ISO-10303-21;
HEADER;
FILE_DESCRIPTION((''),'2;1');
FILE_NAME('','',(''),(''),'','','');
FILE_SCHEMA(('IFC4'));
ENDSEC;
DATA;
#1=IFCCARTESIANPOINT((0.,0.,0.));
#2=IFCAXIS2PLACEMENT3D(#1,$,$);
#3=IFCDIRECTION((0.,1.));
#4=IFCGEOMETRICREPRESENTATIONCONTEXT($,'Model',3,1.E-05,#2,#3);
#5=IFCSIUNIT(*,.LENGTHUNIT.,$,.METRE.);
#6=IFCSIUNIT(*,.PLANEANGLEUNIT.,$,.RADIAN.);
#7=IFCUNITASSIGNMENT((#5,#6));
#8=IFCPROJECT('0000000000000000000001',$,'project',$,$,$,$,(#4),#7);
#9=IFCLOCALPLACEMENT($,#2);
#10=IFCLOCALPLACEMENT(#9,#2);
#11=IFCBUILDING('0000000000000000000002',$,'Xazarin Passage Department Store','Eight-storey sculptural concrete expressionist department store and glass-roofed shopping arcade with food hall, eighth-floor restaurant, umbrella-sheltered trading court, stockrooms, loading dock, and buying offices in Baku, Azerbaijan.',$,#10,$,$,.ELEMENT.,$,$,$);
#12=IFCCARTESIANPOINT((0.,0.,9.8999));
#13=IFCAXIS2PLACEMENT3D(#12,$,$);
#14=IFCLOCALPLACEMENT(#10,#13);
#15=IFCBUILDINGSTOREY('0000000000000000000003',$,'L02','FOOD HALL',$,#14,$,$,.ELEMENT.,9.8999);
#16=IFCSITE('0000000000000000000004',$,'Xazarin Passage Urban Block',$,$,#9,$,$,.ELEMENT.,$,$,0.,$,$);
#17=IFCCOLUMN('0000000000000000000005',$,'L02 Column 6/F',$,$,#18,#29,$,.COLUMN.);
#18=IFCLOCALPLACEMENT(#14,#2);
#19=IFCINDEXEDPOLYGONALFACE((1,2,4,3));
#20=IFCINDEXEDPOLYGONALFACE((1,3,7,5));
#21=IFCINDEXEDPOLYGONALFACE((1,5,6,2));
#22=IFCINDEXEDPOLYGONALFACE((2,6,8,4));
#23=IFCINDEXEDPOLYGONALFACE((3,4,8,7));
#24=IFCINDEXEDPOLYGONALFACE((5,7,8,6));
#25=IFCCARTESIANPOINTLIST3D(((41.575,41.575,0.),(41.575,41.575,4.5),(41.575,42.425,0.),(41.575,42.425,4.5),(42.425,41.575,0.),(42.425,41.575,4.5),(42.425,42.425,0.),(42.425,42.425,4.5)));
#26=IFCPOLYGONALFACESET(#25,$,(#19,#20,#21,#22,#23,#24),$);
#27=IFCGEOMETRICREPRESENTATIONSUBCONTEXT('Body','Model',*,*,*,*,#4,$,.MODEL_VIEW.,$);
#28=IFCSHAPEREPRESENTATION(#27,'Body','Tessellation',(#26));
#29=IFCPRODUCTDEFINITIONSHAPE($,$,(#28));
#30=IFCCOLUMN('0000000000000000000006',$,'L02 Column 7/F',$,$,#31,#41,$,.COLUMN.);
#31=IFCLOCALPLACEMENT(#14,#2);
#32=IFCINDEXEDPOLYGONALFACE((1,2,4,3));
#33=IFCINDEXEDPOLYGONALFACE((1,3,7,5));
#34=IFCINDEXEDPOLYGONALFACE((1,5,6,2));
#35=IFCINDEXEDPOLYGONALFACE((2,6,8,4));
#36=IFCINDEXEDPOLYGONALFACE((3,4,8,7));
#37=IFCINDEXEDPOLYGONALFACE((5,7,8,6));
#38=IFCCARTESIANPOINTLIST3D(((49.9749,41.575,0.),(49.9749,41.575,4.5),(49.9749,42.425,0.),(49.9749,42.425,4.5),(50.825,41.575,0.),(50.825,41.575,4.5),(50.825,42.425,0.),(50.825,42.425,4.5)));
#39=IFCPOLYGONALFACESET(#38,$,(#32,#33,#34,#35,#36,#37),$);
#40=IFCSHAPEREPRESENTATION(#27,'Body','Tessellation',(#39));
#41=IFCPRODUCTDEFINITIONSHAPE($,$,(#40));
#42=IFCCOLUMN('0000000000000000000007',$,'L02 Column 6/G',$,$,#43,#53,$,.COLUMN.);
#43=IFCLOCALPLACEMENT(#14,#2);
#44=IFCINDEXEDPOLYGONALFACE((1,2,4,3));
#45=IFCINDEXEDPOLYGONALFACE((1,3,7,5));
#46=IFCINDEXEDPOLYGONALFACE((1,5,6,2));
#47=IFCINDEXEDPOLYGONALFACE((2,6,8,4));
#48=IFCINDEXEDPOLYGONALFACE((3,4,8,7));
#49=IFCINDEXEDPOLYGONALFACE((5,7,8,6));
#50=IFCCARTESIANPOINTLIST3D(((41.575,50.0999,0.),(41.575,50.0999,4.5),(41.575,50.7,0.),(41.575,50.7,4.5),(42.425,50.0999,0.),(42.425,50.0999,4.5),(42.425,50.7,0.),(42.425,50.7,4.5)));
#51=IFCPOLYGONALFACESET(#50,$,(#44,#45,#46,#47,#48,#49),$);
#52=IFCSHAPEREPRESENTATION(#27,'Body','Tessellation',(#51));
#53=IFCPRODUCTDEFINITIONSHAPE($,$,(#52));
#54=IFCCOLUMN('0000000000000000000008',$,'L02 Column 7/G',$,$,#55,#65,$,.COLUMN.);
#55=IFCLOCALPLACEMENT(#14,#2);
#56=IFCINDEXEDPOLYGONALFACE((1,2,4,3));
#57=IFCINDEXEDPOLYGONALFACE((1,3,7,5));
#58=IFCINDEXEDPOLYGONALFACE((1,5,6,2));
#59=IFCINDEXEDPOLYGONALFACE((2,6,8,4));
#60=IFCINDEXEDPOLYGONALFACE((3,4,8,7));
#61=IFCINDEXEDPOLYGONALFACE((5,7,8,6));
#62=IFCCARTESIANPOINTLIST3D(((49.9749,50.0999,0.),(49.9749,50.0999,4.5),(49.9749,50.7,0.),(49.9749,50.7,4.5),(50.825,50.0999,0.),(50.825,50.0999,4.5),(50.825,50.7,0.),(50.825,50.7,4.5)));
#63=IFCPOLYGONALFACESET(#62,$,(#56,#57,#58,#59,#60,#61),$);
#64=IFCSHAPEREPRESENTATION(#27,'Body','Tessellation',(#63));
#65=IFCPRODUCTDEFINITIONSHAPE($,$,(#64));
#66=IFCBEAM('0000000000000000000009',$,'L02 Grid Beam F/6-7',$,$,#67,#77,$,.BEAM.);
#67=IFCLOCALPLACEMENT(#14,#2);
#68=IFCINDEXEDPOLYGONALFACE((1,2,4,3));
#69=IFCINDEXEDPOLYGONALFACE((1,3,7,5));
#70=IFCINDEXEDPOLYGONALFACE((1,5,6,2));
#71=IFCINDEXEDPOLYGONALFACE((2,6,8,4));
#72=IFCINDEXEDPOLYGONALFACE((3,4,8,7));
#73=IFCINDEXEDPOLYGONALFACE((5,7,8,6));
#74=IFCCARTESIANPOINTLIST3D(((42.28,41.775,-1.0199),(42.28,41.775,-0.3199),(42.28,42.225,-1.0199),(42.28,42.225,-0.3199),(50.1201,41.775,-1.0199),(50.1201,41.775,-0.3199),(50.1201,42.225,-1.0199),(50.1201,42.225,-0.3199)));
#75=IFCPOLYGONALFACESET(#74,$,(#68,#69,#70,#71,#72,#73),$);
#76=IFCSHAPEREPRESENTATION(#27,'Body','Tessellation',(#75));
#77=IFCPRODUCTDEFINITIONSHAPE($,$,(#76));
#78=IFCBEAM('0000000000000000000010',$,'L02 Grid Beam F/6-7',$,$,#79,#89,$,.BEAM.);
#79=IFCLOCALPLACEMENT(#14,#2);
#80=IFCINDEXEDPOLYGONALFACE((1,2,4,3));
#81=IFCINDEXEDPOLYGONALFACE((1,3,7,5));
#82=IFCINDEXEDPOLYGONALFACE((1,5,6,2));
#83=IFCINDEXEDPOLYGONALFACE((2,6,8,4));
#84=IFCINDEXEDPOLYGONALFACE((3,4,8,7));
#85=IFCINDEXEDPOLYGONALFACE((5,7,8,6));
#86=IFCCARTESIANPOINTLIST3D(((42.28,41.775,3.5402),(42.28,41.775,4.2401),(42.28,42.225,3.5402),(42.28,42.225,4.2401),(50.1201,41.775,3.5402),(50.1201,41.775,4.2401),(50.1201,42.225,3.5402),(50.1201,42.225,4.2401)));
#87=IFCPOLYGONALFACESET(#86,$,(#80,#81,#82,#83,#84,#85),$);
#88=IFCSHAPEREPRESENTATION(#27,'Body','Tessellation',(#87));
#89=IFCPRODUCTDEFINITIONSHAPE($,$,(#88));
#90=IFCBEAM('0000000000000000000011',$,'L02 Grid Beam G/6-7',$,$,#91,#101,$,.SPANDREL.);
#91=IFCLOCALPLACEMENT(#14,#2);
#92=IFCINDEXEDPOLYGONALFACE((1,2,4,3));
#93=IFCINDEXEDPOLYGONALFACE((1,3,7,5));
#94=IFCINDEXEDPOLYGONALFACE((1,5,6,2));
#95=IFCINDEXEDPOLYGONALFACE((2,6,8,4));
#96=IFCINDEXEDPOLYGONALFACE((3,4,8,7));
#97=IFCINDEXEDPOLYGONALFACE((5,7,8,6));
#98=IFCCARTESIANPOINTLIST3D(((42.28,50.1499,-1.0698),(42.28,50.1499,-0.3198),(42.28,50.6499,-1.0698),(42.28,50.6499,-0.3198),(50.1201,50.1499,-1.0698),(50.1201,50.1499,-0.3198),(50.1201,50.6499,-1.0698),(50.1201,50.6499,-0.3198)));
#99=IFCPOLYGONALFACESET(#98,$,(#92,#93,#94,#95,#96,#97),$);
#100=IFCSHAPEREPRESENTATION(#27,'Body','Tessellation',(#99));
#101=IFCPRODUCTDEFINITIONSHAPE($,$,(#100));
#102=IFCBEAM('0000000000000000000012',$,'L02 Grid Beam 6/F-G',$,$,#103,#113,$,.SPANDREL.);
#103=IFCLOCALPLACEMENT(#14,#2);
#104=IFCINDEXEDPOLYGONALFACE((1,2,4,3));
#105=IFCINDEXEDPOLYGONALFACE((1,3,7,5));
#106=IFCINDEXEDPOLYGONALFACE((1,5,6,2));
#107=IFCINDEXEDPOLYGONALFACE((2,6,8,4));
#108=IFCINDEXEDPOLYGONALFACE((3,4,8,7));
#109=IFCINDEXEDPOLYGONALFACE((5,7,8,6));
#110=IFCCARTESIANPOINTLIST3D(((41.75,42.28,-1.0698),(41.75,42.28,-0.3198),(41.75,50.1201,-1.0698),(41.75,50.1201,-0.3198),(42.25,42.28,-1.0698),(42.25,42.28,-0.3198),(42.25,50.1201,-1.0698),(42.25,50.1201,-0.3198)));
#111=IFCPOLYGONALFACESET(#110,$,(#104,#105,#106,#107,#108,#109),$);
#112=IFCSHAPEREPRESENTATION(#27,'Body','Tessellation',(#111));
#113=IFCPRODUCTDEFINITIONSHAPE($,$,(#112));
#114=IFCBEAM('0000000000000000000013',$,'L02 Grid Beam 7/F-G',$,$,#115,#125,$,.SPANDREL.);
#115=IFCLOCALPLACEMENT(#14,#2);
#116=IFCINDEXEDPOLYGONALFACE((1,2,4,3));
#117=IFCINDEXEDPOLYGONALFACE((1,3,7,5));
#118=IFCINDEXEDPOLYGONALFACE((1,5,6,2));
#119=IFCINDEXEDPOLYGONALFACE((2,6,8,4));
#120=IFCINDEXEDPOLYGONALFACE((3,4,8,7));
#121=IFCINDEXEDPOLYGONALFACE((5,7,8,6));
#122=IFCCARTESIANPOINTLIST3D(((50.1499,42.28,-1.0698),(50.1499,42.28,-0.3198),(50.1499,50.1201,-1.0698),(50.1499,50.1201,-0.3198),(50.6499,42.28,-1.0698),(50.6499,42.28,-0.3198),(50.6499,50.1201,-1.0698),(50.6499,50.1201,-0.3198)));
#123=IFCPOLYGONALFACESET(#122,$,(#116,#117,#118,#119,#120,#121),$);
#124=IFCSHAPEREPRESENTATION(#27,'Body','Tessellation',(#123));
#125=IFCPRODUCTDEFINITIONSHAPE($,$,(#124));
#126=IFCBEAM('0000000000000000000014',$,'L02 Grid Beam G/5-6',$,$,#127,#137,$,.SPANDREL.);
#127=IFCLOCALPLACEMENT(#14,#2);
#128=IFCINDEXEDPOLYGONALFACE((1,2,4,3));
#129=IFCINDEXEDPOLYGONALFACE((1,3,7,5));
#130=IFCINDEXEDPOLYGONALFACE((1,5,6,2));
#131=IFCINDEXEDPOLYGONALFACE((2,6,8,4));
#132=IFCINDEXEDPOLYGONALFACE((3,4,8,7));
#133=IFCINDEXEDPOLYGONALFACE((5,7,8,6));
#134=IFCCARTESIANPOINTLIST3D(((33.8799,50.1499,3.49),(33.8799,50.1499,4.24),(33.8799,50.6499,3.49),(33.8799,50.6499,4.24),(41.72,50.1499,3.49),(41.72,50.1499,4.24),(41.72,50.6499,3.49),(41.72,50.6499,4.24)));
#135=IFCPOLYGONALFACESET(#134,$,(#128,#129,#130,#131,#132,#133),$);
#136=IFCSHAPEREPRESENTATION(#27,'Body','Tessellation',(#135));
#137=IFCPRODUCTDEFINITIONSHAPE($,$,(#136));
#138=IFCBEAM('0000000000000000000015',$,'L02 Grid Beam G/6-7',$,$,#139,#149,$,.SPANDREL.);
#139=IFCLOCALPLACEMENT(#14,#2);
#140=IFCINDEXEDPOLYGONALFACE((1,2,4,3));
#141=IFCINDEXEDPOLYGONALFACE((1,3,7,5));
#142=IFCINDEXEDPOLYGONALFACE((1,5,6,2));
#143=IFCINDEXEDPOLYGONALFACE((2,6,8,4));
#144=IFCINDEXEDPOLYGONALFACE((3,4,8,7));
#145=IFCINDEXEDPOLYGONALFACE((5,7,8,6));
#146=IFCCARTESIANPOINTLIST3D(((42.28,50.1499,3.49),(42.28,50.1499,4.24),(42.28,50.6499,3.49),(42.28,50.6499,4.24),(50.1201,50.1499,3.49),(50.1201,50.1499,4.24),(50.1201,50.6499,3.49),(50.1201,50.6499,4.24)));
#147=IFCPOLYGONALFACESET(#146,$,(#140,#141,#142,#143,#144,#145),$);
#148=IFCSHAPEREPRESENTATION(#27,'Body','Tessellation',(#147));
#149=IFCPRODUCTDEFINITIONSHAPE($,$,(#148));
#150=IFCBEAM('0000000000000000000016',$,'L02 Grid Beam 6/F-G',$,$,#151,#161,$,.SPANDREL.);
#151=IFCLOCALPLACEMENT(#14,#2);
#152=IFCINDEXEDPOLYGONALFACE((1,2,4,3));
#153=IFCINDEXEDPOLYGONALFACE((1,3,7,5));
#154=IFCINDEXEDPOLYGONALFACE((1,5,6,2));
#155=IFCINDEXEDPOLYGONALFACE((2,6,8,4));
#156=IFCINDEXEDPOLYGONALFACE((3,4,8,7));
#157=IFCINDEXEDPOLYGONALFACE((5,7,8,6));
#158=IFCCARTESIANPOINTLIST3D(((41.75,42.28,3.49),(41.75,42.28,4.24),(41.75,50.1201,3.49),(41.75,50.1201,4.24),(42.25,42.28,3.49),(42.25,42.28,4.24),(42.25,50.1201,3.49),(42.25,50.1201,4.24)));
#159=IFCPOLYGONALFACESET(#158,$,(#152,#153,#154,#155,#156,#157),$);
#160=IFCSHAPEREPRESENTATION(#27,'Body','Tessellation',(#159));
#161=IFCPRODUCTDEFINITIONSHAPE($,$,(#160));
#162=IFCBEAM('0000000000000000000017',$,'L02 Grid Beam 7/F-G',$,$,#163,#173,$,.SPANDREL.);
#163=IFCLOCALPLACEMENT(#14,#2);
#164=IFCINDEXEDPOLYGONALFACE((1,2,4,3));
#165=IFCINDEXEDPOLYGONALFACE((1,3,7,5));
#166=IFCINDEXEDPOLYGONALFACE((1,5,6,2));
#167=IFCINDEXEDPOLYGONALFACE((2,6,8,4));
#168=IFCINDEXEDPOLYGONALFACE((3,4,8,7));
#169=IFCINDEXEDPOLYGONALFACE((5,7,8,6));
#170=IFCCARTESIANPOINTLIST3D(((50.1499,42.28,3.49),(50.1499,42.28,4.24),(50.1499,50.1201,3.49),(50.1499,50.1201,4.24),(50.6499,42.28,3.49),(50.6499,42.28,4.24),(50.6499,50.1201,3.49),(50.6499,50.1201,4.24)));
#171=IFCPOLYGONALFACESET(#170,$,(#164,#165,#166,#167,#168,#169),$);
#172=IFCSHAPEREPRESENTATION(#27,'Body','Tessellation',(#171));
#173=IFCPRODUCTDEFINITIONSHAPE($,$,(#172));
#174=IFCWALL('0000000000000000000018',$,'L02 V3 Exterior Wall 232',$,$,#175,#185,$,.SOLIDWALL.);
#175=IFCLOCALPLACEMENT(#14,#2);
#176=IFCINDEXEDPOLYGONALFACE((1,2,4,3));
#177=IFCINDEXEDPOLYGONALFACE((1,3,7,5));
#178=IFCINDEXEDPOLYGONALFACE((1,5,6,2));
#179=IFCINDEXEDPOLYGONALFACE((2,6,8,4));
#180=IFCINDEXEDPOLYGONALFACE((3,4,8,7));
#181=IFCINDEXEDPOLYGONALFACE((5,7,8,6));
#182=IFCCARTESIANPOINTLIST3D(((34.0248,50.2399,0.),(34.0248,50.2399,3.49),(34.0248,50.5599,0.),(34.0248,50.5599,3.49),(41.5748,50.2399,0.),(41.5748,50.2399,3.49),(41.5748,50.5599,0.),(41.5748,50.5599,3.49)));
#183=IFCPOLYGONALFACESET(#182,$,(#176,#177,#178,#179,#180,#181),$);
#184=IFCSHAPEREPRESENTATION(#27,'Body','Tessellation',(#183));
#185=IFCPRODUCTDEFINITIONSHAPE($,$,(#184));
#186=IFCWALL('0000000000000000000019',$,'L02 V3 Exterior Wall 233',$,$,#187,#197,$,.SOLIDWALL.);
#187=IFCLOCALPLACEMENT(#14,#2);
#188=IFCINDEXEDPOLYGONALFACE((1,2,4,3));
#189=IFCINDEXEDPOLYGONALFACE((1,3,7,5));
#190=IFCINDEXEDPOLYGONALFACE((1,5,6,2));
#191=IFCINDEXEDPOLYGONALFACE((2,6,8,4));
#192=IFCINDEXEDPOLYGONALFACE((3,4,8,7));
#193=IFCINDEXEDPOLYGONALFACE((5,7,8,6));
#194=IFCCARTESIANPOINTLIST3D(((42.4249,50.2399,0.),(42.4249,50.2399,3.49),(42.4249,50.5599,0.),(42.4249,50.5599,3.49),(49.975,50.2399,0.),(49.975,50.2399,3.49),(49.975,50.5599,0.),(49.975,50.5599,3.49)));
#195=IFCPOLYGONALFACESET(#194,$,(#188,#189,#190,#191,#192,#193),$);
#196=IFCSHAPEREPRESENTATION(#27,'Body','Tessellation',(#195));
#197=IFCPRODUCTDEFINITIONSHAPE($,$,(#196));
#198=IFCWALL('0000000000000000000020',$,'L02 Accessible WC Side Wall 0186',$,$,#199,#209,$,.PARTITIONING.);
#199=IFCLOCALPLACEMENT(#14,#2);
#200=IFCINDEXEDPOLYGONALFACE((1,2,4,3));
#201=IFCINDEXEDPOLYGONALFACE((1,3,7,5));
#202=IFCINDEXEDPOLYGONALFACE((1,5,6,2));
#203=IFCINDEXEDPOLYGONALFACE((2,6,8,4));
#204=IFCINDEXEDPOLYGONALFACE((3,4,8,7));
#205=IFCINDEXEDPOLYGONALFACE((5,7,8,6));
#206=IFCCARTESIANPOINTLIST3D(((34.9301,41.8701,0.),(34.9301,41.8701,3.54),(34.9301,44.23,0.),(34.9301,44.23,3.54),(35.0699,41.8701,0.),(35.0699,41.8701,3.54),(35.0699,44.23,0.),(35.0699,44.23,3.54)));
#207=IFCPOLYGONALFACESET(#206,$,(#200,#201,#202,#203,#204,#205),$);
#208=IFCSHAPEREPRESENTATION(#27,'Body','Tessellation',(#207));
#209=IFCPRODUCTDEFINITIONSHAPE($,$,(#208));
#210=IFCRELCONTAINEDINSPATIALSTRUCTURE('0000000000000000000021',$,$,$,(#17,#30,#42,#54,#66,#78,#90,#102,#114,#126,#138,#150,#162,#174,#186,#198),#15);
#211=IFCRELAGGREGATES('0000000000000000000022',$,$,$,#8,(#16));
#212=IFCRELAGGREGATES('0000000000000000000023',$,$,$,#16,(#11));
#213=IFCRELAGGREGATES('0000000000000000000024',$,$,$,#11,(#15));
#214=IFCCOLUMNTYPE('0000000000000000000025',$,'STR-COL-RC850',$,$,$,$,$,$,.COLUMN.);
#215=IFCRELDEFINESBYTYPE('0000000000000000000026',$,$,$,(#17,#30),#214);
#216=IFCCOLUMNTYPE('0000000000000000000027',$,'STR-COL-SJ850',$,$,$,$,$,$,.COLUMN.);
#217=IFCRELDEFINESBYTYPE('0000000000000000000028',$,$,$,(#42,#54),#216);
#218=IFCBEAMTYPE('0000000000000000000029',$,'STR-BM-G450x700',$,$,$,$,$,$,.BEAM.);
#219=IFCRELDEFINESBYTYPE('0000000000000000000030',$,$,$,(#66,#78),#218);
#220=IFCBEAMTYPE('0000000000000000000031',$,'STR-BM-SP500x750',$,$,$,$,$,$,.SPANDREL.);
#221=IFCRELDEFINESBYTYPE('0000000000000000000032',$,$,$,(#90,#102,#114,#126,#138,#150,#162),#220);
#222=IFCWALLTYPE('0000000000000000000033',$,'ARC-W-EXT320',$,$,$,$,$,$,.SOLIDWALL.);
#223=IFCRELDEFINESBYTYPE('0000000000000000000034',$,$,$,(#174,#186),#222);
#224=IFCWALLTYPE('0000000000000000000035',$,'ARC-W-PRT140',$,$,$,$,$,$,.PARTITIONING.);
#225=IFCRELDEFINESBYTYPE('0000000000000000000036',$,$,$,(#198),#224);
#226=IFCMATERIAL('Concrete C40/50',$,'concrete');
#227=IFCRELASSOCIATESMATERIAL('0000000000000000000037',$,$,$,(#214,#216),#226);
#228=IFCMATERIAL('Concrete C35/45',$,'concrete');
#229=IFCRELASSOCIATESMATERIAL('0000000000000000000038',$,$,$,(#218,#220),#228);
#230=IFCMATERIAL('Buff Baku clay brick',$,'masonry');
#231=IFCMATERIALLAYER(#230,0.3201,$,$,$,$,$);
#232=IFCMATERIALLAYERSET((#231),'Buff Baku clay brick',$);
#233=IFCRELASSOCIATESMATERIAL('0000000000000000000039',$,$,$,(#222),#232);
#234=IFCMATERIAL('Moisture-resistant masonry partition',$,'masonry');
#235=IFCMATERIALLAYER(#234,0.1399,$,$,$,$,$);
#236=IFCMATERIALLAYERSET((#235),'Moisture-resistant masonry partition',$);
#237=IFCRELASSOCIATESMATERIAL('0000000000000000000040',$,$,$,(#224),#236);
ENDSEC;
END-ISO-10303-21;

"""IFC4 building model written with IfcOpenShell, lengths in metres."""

from ifc_helpers import new_model, si_unit, direction, frame, frame_2d, origin, origin_2d, place, context, subcontext, project, spatial, rectangle, extrude, material, layer, layer_set, material_profile, profile_set, type_object, element, save


model = new_model("IFC4")

# Units and contexts
model_context = context("Model", 3, precision=1e-05, world=origin(), true_north=direction((0.0, 1.0)))
body_context = subcontext(model_context, "Body", "Model", "MODEL_VIEW")
ifc_project = project(units=[si_unit("LENGTHUNIT", "METRE"), si_unit("PLANEANGLEUNIT", "RADIAN")], contexts=[model_context])

# Site, building, storey
site_placement = place(None, origin())
site = spatial("IfcSite", under=ifc_project, at=site_placement, Name="Xazarin Passage Urban Block", CompositionType="ELEMENT", RefElevation=0.0)
building_placement = place(site_placement, origin())
building = spatial("IfcBuilding", under=site, at=building_placement, Name="Xazarin Passage Department Store", Description="Eight-storey sculptural concrete expressionist department store and glass-roofed shopping arcade with food hall, eighth-floor restaurant, umbrella-sheltered trading court, stockrooms, loading dock, and buying offices in Baku, Azerbaijan.", CompositionType="ELEMENT")
storey_placement = place(building_placement, frame((0.0, 0.0, 9.8999)))
storey = spatial("IfcBuildingStorey", under=building, at=storey_placement, Name="L02", Description="FOOD HALL", CompositionType="ELEMENT", Elevation=9.8999)

# Columns
ifc_material_1 = material(Name="Concrete C40/50", Category="concrete")
ifc_material_profile_1 = material_profile(ifc_material_1, rectangle(XDim=0.8501, YDim=0.8501, at=origin_2d()), Name="RC 850x850")
ifc_profile_set_1 = profile_set([ifc_material_profile_1], Name="Concrete C40/50")
column_type_1 = type_object("IfcColumnType", Name="STR-COL-RC850", PredefinedType="COLUMN", material=ifc_profile_set_1)
for number, where, z_axis, x_axis, name in (
    (1, (42.0, 42.0, 0.0), (0.0, 0.0, 1.0), (1.0, 0.0, 0.0), "L02 Column 6/F"),
    (2, (50.3999, 42.0, 0.0), (0.0, 0.0, 1.0), (1.0, 0.0, 0.0), "L02 Column 7/F"),
):
    element("IfcColumn", number, at=place(storey_placement, frame(where, z_axis=z_axis, x_axis=x_axis)), inside=storey, type_object=column_type_1, Name=name, PredefinedType="COLUMN", context=body_context, shape_type="SweptSolid", body=[
        extrude(rectangle(XDim=0.8501, YDim=0.8501, at=origin_2d()), origin(), (0.0, 0.0, 1.0), 4.5),
    ])
ifc_material_profile_2 = material_profile(ifc_material_1, rectangle(XDim=0.6001, YDim=0.8501, at=origin_2d()), Name="RC 600x850")
ifc_profile_set_2 = profile_set([ifc_material_profile_2], Name="Concrete C40/50")
column_type_2 = type_object("IfcColumnType", Name="STR-COL-SJ850", PredefinedType="COLUMN", material=ifc_profile_set_2)
for number, where, z_axis, x_axis, name in (
    (3, (42.0, 50.3999, 0.0), (0.0, 0.0, 1.0), (0.0, 1.0, 0.0), "L02 Column 6/G"),
    (4, (50.3999, 50.3999, 0.0), (0.0, 0.0, 1.0), (0.0, 1.0, 0.0), "L02 Column 7/G"),
):
    element("IfcColumn", number, at=place(storey_placement, frame(where, z_axis=z_axis, x_axis=x_axis)), inside=storey, type_object=column_type_2, Name=name, PredefinedType="COLUMN", context=body_context, shape_type="SweptSolid", body=[
        extrude(rectangle(XDim=0.6001, YDim=0.8501, at=origin_2d()), origin(), (0.0, 0.0, 1.0), 4.5),
    ])

# Beams
ifc_material_2 = material(Name="Concrete C35/45", Category="concrete")
ifc_material_profile_3 = material_profile(ifc_material_2, rectangle(XDim=0.45, YDim=0.7, at=origin_2d()), Name="RC 450x700")
ifc_profile_set_3 = profile_set([ifc_material_profile_3], Name="Concrete C35/45")
beam_type_1 = type_object("IfcBeamType", Name="STR-BM-G450x700", PredefinedType="BEAM", material=ifc_profile_set_3)
for number, where, z_axis, x_axis, name in (
    (5, (42.28, 42.0, -0.6699), (1.0, 0.0, 0.0), (0.0, 1.0, 0.0), "L02 Grid Beam F/6-7"),
    (6, (42.28, 42.0, 3.8901), (1.0, 0.0, 0.0), (0.0, 1.0, 0.0), "L02 Grid Beam F/6-7"),
):
    element("IfcBeam", number, at=place(storey_placement, frame(where, z_axis=z_axis, x_axis=x_axis)), inside=storey, type_object=beam_type_1, Name=name, PredefinedType="BEAM", context=body_context, shape_type="SweptSolid", body=[
        extrude(rectangle(XDim=0.45, YDim=0.7, at=origin_2d()), origin(), (0.0, 0.0, 1.0), 7.8401),
    ])
ifc_material_profile_4 = material_profile(ifc_material_2, rectangle(XDim=0.5, YDim=0.75, at=origin_2d()), Name="RC 500x750")
ifc_profile_set_4 = profile_set([ifc_material_profile_4], Name="Concrete C35/45")
beam_type_2 = type_object("IfcBeamType", Name="STR-BM-SP500x750", PredefinedType="SPANDREL", material=ifc_profile_set_4)
for number, where, z_axis, x_axis, name in (
    (7, (42.28, 50.3999, -0.6948), (1.0, 0.0, 0.0), (0.0, 1.0, 0.0), "L02 Grid Beam G/6-7"),
    (8, (42.0, 42.28, -0.6948), (0.0, 1.0, 0.0), (-1.0, 0.0, 0.0), "L02 Grid Beam 6/F-G"),
    (9, (50.3999, 42.28, -0.6948), (0.0, 1.0, 0.0), (-1.0, 0.0, 0.0), "L02 Grid Beam 7/F-G"),
    (10, (33.8799, 50.3999, 3.865), (1.0, 0.0, 0.0), (0.0, 1.0, 0.0), "L02 Grid Beam G/5-6"),
    (11, (42.28, 50.3999, 3.865), (1.0, 0.0, 0.0), (0.0, 1.0, 0.0), "L02 Grid Beam G/6-7"),
    (12, (42.0, 42.28, 3.865), (0.0, 1.0, 0.0), (-1.0, 0.0, 0.0), "L02 Grid Beam 6/F-G"),
    (13, (50.3999, 42.28, 3.865), (0.0, 1.0, 0.0), (-1.0, 0.0, 0.0), "L02 Grid Beam 7/F-G"),
):
    element("IfcBeam", number, at=place(storey_placement, frame(where, z_axis=z_axis, x_axis=x_axis)), inside=storey, type_object=beam_type_2, Name=name, PredefinedType="SPANDREL", context=body_context, shape_type="SweptSolid", body=[
        extrude(rectangle(XDim=0.5, YDim=0.75, at=origin_2d()), origin(), (0.0, 0.0, 1.0), 7.8401),
    ])

# Walls
ifc_material_3 = material(Name="Buff Baku clay brick", Category="masonry")
ifc_layer_1 = layer(ifc_material_3, 0.3201)
ifc_layer_set_1 = layer_set([ifc_layer_1], Name="Buff Baku clay brick")
wall_type_1 = type_object("IfcWallType", Name="ARC-W-EXT320", PredefinedType="SOLIDWALL", material=ifc_layer_set_1)
for number, where, z_axis, x_axis, name in (
    (14, (34.0249, 50.3999, 0.0), (0.0, 0.0, 1.0), (1.0, 0.0, 0.0), "L02 V3 Exterior Wall 232"),
    (15, (42.425, 50.3999, 0.0), (0.0, 0.0, 1.0), (1.0, 0.0, 0.0), "L02 V3 Exterior Wall 233"),
):
    element("IfcWall", number, at=place(storey_placement, frame(where, z_axis=z_axis, x_axis=x_axis)), inside=storey, type_object=wall_type_1, Name=name, PredefinedType="SOLIDWALL", context=body_context, shape_type="SweptSolid", body=[
        extrude(rectangle(XDim=7.55, YDim=0.3201, at=frame_2d((3.7749, 0.0))), origin(), (0.0, 0.0, 1.0), 3.49),
    ])

# Shared definitions
ifc_material_4 = material(Name="Moisture-resistant masonry partition", Category="masonry")
ifc_layer_2 = layer(ifc_material_4, 0.1399)
ifc_layer_set_2 = layer_set([ifc_layer_2], Name="Moisture-resistant masonry partition")
wall_type_2 = type_object("IfcWallType", Name="ARC-W-PRT140", PredefinedType="PARTITIONING", material=ifc_layer_set_2)

# Wall
for number, where, z_axis, x_axis, name in (
    (16, (35.0, 41.8701, 0.0), (0.0, 0.0, 1.0), (0.0, 1.0, 0.0), "L02 Accessible WC Side Wall 0186"),
):
    element("IfcWall", number, at=place(storey_placement, frame(where, z_axis=z_axis, x_axis=x_axis)), inside=storey, type_object=wall_type_2, Name=name, PredefinedType="PARTITIONING", context=body_context, shape_type="SweptSolid", body=[
        extrude(rectangle(XDim=2.3599, YDim=0.1399, at=frame_2d((1.1799, 0.0))), origin(), (0.0, 0.0, 1.0), 3.54),
    ])

save(model, "model.ifc")
